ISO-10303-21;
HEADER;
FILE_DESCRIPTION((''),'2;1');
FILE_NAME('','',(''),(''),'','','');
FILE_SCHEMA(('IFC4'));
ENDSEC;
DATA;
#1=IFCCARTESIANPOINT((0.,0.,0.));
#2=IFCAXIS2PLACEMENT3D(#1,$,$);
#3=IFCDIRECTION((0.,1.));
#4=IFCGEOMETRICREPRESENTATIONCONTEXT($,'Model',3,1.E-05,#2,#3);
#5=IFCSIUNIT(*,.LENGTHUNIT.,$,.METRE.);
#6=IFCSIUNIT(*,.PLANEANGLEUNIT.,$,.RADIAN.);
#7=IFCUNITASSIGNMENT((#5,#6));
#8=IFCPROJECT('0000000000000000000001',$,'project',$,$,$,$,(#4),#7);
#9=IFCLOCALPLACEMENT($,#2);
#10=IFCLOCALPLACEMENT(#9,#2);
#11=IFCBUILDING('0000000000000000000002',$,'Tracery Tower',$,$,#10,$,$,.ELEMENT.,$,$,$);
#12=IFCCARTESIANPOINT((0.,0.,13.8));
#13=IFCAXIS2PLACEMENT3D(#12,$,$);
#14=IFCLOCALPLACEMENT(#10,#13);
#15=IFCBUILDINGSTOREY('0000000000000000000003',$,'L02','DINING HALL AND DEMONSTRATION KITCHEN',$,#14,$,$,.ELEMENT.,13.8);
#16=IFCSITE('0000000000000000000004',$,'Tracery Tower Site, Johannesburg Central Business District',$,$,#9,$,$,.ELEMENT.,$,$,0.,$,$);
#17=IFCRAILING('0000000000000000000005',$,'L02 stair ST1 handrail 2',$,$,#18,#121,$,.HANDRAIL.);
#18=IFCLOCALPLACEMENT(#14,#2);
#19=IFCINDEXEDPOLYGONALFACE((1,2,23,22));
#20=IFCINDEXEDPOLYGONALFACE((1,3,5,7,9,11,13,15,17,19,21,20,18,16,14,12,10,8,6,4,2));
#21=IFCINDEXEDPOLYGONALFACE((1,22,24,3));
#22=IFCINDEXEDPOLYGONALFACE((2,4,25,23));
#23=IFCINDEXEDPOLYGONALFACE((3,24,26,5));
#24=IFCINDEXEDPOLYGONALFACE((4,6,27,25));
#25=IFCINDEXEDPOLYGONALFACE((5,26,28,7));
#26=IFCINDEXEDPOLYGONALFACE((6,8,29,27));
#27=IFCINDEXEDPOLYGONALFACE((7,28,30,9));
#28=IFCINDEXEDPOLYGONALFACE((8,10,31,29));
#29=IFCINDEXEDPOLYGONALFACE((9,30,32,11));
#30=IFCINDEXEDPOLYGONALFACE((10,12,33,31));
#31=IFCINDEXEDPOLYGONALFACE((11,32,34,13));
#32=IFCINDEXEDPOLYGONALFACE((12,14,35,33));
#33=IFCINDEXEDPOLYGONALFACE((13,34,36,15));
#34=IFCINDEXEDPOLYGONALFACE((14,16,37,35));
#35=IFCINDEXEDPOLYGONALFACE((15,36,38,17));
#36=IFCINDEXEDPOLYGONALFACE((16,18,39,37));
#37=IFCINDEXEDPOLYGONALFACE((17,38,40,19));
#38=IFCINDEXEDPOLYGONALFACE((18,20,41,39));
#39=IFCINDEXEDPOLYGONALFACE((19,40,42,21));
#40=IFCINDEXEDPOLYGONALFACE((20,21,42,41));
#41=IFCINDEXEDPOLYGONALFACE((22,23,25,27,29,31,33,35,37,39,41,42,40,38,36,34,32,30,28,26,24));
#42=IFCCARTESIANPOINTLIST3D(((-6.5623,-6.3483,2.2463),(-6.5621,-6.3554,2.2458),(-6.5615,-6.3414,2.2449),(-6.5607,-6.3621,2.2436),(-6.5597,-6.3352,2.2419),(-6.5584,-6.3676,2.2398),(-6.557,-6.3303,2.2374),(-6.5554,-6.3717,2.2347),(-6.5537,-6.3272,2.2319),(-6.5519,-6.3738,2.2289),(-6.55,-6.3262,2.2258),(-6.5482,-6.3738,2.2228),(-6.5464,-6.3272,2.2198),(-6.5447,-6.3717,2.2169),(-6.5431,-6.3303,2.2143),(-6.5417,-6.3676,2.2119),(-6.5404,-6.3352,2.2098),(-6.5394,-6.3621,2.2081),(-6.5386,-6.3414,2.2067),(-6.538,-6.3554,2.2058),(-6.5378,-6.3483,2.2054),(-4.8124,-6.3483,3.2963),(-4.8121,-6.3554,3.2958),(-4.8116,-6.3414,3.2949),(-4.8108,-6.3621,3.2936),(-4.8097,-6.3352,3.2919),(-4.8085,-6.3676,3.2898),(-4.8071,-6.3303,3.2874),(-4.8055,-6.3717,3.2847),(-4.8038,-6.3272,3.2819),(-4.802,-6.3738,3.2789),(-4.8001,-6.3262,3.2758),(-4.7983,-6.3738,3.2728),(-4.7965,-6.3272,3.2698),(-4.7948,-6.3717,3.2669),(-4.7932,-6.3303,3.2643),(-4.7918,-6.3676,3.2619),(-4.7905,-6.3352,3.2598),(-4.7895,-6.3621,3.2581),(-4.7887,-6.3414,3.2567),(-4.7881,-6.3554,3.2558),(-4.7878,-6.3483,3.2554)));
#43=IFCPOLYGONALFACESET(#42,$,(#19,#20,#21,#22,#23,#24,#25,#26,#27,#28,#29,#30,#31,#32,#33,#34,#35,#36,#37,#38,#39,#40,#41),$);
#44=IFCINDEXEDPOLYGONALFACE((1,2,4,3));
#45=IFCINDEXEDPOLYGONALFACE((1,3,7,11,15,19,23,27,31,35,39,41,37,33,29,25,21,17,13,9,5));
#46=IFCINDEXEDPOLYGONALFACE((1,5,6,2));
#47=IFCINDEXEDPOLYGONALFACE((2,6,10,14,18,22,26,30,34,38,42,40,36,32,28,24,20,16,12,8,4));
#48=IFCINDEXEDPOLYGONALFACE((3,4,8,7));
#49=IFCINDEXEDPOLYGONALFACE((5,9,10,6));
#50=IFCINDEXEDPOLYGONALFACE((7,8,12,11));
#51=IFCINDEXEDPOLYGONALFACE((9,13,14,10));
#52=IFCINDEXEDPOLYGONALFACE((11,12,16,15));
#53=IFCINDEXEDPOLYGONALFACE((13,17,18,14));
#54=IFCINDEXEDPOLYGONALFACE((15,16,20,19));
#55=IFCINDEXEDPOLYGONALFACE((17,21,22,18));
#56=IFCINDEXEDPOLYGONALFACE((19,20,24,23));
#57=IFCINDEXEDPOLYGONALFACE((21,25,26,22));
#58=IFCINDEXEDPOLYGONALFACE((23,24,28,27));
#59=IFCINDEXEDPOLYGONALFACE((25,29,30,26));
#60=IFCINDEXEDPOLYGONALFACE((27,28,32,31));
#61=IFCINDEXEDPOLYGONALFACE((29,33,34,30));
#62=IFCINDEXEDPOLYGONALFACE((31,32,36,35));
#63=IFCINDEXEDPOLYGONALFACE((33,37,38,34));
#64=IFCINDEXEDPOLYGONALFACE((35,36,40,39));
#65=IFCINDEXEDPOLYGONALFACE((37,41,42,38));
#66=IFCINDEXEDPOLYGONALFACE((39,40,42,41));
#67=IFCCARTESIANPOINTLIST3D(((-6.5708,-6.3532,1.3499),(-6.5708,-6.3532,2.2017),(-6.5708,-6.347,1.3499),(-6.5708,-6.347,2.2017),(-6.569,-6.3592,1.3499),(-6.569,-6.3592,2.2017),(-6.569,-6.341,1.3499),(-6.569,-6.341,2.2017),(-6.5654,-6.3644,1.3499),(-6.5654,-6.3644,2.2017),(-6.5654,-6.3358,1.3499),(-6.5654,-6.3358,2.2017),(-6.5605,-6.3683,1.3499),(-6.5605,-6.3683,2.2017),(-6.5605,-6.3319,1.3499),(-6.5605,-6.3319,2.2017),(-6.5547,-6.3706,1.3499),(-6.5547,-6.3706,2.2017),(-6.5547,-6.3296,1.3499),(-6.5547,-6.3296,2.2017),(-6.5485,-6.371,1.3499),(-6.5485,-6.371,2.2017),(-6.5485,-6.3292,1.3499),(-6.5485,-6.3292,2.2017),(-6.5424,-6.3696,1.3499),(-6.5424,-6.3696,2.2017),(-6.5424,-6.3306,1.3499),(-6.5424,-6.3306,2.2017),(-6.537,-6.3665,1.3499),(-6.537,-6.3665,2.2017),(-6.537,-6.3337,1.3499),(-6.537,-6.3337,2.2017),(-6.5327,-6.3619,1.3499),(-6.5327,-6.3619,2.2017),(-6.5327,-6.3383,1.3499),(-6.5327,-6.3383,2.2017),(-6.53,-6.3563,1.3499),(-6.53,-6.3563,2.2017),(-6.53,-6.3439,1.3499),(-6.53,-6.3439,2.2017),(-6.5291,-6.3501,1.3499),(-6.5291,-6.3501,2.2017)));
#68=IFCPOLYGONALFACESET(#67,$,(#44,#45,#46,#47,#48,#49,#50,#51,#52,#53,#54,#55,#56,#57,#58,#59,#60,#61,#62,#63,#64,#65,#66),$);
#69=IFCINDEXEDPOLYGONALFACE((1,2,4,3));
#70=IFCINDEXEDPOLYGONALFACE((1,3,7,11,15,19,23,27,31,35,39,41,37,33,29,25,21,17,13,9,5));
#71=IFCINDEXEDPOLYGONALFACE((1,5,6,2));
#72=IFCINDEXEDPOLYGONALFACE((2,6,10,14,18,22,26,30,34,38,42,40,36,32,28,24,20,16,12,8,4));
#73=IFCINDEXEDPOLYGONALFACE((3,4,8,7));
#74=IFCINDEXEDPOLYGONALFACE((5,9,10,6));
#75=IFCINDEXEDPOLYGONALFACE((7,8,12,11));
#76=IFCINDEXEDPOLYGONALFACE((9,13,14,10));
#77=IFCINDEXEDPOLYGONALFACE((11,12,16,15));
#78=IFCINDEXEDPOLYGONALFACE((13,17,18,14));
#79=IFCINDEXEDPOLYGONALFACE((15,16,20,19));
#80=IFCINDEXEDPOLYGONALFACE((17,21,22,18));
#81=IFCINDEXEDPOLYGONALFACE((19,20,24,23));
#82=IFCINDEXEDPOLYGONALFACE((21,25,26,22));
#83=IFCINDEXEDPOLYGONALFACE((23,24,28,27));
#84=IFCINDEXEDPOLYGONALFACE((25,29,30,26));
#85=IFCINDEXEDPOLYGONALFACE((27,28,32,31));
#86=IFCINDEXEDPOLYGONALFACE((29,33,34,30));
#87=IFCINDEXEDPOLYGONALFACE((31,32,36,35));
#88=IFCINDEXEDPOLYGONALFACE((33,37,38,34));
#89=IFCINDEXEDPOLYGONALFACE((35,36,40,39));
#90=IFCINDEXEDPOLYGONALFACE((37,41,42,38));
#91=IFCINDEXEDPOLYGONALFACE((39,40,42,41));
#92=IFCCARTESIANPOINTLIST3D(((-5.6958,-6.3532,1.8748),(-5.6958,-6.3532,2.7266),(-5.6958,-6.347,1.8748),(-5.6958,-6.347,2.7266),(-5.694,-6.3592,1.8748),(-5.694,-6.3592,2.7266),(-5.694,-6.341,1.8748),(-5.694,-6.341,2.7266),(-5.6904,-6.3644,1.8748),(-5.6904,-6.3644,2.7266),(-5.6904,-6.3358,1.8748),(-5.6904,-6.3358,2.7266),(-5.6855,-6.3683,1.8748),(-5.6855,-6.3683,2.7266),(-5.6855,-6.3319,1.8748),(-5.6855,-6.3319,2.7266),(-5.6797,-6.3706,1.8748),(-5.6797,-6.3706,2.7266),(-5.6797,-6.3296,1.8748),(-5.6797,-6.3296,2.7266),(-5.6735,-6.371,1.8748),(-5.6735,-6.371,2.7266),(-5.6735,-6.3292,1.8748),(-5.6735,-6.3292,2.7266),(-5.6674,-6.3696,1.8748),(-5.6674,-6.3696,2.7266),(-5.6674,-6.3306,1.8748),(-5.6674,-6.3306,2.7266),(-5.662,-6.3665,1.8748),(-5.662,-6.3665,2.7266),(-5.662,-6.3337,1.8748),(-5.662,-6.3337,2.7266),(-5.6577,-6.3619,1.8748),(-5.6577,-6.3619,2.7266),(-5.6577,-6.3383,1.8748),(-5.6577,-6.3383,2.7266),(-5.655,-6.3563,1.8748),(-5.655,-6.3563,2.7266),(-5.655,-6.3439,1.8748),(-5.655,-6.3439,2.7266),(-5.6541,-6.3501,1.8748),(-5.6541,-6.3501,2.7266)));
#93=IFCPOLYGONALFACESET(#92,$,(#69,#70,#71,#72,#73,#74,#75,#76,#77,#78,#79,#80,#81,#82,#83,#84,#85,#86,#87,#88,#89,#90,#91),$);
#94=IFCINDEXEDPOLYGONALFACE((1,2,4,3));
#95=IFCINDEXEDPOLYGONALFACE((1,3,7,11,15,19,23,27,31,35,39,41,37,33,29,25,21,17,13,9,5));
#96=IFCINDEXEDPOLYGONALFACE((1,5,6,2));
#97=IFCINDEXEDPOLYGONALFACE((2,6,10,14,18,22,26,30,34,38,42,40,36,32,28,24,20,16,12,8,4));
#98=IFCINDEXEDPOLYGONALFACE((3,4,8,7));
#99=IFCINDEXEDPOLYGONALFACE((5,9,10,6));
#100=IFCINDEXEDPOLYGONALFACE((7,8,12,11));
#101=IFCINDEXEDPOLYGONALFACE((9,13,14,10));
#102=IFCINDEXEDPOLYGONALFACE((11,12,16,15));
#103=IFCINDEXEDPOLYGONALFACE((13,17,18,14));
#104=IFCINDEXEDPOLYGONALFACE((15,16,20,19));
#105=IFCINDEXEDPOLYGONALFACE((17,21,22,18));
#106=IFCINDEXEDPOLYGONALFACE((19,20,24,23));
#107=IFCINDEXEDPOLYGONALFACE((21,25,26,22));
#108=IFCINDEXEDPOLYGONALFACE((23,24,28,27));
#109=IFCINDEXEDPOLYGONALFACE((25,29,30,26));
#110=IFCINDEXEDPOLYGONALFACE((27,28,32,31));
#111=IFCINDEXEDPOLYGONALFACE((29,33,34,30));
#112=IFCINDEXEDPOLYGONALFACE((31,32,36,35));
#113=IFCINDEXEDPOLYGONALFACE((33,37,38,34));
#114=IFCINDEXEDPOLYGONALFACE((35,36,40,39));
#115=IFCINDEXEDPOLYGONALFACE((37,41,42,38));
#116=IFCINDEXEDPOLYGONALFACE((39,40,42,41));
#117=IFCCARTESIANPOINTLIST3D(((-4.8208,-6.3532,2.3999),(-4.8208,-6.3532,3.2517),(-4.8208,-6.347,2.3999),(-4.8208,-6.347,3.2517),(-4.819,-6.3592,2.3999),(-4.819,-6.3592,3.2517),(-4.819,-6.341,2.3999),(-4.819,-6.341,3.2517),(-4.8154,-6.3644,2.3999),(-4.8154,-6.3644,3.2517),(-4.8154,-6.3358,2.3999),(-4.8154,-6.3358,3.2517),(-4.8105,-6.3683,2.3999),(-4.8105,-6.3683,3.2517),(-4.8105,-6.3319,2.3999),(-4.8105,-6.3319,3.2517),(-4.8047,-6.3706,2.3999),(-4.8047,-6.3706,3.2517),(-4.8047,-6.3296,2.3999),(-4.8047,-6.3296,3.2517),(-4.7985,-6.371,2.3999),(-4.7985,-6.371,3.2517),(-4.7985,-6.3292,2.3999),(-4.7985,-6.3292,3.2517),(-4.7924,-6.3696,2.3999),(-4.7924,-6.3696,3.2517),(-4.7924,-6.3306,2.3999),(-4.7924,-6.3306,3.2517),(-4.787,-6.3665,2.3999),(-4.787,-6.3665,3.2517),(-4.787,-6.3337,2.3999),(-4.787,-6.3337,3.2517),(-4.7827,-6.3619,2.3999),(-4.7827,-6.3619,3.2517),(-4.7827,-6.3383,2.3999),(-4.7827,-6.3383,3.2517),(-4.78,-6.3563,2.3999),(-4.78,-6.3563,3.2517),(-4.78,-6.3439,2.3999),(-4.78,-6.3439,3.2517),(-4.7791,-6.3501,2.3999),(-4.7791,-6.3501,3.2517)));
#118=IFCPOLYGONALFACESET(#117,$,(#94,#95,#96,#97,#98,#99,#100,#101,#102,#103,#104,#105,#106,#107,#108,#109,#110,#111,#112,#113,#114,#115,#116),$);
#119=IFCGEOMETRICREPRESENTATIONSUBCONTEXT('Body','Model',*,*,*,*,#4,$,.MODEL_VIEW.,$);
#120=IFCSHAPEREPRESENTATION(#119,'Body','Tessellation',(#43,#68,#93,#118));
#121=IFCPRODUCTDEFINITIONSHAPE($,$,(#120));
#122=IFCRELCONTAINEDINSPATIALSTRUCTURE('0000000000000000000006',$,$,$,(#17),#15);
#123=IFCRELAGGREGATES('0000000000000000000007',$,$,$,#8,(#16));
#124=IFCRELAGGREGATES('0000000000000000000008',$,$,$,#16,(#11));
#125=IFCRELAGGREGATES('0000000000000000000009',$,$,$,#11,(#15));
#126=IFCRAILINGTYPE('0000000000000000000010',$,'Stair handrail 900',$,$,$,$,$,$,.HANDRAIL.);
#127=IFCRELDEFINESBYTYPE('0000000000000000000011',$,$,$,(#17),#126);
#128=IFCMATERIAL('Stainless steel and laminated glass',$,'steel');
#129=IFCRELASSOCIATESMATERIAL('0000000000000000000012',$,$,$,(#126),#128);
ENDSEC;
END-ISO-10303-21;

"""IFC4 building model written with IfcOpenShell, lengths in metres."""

from ifc_helpers import new_model, si_unit, direction, frame, origin, origin_2d, place, context, subcontext, project, spatial, circle, extrude, material, type_object, element, save


model = new_model("IFC4")

# Units and contexts
model_context = context("Model", 3, precision=1e-05, world=origin(), true_north=direction((0.0, 1.0)))
body_context = subcontext(model_context, "Body", "Model", "MODEL_VIEW")
ifc_project = project(units=[si_unit("LENGTHUNIT", "METRE"), si_unit("PLANEANGLEUNIT", "RADIAN")], contexts=[model_context])

# Site, building, storey
site_placement = place(None, origin())
site = spatial("IfcSite", under=ifc_project, at=site_placement, Name="Tracery Tower Site, Johannesburg Central Business District", CompositionType="ELEMENT", RefElevation=0.0)
building_placement = place(site_placement, origin())
building = spatial("IfcBuilding", under=site, at=building_placement, Name="Tracery Tower", CompositionType="ELEMENT")
storey_placement = place(building_placement, frame((0.0, 0.0, 13.8)))
storey = spatial("IfcBuildingStorey", under=building, at=storey_placement, Name="L02", Description="DINING HALL AND DEMONSTRATION KITCHEN", CompositionType="ELEMENT", Elevation=13.8)

# Railing
ifc_material_1 = material(Name="Stainless steel and laminated glass", Category="steel")
railing_type_1 = type_object("IfcRailingType", Name="Stair handrail 900", PredefinedType="HANDRAIL", material=ifc_material_1)
railing_1_placement = place(storey_placement, frame((-6.55, -6.3501, 1.3499)))
element("IfcRailing", 1, at=railing_1_placement, inside=storey, type_object=railing_type_1, Name="L02 stair ST1 handrail 2", PredefinedType="HANDRAIL", context=body_context, shape_type="SweptSolid", body=[
    extrude(circle(Radius=0.0239, at=origin_2d()), frame((0.0, 0.0, 0.876), z_axis=(0.857482, 0.0, 0.514513), x_axis=(0.0, 1.0, 0.0)), (0.0, 0.0, 1.0), 2.0408),
    extrude(circle(Radius=0.021, at=origin_2d()), origin(), (0.0, 0.0, 1.0), 0.8518),
    extrude(circle(Radius=0.021, at=origin_2d()), frame((0.875, 0.0, 0.5249)), (0.0, 0.0, 1.0), 0.8518),
    extrude(circle(Radius=0.021, at=origin_2d()), frame((1.75, 0.0, 1.05)), (0.0, 0.0, 1.0), 0.8518),
])

save(model, "model.ifc")
